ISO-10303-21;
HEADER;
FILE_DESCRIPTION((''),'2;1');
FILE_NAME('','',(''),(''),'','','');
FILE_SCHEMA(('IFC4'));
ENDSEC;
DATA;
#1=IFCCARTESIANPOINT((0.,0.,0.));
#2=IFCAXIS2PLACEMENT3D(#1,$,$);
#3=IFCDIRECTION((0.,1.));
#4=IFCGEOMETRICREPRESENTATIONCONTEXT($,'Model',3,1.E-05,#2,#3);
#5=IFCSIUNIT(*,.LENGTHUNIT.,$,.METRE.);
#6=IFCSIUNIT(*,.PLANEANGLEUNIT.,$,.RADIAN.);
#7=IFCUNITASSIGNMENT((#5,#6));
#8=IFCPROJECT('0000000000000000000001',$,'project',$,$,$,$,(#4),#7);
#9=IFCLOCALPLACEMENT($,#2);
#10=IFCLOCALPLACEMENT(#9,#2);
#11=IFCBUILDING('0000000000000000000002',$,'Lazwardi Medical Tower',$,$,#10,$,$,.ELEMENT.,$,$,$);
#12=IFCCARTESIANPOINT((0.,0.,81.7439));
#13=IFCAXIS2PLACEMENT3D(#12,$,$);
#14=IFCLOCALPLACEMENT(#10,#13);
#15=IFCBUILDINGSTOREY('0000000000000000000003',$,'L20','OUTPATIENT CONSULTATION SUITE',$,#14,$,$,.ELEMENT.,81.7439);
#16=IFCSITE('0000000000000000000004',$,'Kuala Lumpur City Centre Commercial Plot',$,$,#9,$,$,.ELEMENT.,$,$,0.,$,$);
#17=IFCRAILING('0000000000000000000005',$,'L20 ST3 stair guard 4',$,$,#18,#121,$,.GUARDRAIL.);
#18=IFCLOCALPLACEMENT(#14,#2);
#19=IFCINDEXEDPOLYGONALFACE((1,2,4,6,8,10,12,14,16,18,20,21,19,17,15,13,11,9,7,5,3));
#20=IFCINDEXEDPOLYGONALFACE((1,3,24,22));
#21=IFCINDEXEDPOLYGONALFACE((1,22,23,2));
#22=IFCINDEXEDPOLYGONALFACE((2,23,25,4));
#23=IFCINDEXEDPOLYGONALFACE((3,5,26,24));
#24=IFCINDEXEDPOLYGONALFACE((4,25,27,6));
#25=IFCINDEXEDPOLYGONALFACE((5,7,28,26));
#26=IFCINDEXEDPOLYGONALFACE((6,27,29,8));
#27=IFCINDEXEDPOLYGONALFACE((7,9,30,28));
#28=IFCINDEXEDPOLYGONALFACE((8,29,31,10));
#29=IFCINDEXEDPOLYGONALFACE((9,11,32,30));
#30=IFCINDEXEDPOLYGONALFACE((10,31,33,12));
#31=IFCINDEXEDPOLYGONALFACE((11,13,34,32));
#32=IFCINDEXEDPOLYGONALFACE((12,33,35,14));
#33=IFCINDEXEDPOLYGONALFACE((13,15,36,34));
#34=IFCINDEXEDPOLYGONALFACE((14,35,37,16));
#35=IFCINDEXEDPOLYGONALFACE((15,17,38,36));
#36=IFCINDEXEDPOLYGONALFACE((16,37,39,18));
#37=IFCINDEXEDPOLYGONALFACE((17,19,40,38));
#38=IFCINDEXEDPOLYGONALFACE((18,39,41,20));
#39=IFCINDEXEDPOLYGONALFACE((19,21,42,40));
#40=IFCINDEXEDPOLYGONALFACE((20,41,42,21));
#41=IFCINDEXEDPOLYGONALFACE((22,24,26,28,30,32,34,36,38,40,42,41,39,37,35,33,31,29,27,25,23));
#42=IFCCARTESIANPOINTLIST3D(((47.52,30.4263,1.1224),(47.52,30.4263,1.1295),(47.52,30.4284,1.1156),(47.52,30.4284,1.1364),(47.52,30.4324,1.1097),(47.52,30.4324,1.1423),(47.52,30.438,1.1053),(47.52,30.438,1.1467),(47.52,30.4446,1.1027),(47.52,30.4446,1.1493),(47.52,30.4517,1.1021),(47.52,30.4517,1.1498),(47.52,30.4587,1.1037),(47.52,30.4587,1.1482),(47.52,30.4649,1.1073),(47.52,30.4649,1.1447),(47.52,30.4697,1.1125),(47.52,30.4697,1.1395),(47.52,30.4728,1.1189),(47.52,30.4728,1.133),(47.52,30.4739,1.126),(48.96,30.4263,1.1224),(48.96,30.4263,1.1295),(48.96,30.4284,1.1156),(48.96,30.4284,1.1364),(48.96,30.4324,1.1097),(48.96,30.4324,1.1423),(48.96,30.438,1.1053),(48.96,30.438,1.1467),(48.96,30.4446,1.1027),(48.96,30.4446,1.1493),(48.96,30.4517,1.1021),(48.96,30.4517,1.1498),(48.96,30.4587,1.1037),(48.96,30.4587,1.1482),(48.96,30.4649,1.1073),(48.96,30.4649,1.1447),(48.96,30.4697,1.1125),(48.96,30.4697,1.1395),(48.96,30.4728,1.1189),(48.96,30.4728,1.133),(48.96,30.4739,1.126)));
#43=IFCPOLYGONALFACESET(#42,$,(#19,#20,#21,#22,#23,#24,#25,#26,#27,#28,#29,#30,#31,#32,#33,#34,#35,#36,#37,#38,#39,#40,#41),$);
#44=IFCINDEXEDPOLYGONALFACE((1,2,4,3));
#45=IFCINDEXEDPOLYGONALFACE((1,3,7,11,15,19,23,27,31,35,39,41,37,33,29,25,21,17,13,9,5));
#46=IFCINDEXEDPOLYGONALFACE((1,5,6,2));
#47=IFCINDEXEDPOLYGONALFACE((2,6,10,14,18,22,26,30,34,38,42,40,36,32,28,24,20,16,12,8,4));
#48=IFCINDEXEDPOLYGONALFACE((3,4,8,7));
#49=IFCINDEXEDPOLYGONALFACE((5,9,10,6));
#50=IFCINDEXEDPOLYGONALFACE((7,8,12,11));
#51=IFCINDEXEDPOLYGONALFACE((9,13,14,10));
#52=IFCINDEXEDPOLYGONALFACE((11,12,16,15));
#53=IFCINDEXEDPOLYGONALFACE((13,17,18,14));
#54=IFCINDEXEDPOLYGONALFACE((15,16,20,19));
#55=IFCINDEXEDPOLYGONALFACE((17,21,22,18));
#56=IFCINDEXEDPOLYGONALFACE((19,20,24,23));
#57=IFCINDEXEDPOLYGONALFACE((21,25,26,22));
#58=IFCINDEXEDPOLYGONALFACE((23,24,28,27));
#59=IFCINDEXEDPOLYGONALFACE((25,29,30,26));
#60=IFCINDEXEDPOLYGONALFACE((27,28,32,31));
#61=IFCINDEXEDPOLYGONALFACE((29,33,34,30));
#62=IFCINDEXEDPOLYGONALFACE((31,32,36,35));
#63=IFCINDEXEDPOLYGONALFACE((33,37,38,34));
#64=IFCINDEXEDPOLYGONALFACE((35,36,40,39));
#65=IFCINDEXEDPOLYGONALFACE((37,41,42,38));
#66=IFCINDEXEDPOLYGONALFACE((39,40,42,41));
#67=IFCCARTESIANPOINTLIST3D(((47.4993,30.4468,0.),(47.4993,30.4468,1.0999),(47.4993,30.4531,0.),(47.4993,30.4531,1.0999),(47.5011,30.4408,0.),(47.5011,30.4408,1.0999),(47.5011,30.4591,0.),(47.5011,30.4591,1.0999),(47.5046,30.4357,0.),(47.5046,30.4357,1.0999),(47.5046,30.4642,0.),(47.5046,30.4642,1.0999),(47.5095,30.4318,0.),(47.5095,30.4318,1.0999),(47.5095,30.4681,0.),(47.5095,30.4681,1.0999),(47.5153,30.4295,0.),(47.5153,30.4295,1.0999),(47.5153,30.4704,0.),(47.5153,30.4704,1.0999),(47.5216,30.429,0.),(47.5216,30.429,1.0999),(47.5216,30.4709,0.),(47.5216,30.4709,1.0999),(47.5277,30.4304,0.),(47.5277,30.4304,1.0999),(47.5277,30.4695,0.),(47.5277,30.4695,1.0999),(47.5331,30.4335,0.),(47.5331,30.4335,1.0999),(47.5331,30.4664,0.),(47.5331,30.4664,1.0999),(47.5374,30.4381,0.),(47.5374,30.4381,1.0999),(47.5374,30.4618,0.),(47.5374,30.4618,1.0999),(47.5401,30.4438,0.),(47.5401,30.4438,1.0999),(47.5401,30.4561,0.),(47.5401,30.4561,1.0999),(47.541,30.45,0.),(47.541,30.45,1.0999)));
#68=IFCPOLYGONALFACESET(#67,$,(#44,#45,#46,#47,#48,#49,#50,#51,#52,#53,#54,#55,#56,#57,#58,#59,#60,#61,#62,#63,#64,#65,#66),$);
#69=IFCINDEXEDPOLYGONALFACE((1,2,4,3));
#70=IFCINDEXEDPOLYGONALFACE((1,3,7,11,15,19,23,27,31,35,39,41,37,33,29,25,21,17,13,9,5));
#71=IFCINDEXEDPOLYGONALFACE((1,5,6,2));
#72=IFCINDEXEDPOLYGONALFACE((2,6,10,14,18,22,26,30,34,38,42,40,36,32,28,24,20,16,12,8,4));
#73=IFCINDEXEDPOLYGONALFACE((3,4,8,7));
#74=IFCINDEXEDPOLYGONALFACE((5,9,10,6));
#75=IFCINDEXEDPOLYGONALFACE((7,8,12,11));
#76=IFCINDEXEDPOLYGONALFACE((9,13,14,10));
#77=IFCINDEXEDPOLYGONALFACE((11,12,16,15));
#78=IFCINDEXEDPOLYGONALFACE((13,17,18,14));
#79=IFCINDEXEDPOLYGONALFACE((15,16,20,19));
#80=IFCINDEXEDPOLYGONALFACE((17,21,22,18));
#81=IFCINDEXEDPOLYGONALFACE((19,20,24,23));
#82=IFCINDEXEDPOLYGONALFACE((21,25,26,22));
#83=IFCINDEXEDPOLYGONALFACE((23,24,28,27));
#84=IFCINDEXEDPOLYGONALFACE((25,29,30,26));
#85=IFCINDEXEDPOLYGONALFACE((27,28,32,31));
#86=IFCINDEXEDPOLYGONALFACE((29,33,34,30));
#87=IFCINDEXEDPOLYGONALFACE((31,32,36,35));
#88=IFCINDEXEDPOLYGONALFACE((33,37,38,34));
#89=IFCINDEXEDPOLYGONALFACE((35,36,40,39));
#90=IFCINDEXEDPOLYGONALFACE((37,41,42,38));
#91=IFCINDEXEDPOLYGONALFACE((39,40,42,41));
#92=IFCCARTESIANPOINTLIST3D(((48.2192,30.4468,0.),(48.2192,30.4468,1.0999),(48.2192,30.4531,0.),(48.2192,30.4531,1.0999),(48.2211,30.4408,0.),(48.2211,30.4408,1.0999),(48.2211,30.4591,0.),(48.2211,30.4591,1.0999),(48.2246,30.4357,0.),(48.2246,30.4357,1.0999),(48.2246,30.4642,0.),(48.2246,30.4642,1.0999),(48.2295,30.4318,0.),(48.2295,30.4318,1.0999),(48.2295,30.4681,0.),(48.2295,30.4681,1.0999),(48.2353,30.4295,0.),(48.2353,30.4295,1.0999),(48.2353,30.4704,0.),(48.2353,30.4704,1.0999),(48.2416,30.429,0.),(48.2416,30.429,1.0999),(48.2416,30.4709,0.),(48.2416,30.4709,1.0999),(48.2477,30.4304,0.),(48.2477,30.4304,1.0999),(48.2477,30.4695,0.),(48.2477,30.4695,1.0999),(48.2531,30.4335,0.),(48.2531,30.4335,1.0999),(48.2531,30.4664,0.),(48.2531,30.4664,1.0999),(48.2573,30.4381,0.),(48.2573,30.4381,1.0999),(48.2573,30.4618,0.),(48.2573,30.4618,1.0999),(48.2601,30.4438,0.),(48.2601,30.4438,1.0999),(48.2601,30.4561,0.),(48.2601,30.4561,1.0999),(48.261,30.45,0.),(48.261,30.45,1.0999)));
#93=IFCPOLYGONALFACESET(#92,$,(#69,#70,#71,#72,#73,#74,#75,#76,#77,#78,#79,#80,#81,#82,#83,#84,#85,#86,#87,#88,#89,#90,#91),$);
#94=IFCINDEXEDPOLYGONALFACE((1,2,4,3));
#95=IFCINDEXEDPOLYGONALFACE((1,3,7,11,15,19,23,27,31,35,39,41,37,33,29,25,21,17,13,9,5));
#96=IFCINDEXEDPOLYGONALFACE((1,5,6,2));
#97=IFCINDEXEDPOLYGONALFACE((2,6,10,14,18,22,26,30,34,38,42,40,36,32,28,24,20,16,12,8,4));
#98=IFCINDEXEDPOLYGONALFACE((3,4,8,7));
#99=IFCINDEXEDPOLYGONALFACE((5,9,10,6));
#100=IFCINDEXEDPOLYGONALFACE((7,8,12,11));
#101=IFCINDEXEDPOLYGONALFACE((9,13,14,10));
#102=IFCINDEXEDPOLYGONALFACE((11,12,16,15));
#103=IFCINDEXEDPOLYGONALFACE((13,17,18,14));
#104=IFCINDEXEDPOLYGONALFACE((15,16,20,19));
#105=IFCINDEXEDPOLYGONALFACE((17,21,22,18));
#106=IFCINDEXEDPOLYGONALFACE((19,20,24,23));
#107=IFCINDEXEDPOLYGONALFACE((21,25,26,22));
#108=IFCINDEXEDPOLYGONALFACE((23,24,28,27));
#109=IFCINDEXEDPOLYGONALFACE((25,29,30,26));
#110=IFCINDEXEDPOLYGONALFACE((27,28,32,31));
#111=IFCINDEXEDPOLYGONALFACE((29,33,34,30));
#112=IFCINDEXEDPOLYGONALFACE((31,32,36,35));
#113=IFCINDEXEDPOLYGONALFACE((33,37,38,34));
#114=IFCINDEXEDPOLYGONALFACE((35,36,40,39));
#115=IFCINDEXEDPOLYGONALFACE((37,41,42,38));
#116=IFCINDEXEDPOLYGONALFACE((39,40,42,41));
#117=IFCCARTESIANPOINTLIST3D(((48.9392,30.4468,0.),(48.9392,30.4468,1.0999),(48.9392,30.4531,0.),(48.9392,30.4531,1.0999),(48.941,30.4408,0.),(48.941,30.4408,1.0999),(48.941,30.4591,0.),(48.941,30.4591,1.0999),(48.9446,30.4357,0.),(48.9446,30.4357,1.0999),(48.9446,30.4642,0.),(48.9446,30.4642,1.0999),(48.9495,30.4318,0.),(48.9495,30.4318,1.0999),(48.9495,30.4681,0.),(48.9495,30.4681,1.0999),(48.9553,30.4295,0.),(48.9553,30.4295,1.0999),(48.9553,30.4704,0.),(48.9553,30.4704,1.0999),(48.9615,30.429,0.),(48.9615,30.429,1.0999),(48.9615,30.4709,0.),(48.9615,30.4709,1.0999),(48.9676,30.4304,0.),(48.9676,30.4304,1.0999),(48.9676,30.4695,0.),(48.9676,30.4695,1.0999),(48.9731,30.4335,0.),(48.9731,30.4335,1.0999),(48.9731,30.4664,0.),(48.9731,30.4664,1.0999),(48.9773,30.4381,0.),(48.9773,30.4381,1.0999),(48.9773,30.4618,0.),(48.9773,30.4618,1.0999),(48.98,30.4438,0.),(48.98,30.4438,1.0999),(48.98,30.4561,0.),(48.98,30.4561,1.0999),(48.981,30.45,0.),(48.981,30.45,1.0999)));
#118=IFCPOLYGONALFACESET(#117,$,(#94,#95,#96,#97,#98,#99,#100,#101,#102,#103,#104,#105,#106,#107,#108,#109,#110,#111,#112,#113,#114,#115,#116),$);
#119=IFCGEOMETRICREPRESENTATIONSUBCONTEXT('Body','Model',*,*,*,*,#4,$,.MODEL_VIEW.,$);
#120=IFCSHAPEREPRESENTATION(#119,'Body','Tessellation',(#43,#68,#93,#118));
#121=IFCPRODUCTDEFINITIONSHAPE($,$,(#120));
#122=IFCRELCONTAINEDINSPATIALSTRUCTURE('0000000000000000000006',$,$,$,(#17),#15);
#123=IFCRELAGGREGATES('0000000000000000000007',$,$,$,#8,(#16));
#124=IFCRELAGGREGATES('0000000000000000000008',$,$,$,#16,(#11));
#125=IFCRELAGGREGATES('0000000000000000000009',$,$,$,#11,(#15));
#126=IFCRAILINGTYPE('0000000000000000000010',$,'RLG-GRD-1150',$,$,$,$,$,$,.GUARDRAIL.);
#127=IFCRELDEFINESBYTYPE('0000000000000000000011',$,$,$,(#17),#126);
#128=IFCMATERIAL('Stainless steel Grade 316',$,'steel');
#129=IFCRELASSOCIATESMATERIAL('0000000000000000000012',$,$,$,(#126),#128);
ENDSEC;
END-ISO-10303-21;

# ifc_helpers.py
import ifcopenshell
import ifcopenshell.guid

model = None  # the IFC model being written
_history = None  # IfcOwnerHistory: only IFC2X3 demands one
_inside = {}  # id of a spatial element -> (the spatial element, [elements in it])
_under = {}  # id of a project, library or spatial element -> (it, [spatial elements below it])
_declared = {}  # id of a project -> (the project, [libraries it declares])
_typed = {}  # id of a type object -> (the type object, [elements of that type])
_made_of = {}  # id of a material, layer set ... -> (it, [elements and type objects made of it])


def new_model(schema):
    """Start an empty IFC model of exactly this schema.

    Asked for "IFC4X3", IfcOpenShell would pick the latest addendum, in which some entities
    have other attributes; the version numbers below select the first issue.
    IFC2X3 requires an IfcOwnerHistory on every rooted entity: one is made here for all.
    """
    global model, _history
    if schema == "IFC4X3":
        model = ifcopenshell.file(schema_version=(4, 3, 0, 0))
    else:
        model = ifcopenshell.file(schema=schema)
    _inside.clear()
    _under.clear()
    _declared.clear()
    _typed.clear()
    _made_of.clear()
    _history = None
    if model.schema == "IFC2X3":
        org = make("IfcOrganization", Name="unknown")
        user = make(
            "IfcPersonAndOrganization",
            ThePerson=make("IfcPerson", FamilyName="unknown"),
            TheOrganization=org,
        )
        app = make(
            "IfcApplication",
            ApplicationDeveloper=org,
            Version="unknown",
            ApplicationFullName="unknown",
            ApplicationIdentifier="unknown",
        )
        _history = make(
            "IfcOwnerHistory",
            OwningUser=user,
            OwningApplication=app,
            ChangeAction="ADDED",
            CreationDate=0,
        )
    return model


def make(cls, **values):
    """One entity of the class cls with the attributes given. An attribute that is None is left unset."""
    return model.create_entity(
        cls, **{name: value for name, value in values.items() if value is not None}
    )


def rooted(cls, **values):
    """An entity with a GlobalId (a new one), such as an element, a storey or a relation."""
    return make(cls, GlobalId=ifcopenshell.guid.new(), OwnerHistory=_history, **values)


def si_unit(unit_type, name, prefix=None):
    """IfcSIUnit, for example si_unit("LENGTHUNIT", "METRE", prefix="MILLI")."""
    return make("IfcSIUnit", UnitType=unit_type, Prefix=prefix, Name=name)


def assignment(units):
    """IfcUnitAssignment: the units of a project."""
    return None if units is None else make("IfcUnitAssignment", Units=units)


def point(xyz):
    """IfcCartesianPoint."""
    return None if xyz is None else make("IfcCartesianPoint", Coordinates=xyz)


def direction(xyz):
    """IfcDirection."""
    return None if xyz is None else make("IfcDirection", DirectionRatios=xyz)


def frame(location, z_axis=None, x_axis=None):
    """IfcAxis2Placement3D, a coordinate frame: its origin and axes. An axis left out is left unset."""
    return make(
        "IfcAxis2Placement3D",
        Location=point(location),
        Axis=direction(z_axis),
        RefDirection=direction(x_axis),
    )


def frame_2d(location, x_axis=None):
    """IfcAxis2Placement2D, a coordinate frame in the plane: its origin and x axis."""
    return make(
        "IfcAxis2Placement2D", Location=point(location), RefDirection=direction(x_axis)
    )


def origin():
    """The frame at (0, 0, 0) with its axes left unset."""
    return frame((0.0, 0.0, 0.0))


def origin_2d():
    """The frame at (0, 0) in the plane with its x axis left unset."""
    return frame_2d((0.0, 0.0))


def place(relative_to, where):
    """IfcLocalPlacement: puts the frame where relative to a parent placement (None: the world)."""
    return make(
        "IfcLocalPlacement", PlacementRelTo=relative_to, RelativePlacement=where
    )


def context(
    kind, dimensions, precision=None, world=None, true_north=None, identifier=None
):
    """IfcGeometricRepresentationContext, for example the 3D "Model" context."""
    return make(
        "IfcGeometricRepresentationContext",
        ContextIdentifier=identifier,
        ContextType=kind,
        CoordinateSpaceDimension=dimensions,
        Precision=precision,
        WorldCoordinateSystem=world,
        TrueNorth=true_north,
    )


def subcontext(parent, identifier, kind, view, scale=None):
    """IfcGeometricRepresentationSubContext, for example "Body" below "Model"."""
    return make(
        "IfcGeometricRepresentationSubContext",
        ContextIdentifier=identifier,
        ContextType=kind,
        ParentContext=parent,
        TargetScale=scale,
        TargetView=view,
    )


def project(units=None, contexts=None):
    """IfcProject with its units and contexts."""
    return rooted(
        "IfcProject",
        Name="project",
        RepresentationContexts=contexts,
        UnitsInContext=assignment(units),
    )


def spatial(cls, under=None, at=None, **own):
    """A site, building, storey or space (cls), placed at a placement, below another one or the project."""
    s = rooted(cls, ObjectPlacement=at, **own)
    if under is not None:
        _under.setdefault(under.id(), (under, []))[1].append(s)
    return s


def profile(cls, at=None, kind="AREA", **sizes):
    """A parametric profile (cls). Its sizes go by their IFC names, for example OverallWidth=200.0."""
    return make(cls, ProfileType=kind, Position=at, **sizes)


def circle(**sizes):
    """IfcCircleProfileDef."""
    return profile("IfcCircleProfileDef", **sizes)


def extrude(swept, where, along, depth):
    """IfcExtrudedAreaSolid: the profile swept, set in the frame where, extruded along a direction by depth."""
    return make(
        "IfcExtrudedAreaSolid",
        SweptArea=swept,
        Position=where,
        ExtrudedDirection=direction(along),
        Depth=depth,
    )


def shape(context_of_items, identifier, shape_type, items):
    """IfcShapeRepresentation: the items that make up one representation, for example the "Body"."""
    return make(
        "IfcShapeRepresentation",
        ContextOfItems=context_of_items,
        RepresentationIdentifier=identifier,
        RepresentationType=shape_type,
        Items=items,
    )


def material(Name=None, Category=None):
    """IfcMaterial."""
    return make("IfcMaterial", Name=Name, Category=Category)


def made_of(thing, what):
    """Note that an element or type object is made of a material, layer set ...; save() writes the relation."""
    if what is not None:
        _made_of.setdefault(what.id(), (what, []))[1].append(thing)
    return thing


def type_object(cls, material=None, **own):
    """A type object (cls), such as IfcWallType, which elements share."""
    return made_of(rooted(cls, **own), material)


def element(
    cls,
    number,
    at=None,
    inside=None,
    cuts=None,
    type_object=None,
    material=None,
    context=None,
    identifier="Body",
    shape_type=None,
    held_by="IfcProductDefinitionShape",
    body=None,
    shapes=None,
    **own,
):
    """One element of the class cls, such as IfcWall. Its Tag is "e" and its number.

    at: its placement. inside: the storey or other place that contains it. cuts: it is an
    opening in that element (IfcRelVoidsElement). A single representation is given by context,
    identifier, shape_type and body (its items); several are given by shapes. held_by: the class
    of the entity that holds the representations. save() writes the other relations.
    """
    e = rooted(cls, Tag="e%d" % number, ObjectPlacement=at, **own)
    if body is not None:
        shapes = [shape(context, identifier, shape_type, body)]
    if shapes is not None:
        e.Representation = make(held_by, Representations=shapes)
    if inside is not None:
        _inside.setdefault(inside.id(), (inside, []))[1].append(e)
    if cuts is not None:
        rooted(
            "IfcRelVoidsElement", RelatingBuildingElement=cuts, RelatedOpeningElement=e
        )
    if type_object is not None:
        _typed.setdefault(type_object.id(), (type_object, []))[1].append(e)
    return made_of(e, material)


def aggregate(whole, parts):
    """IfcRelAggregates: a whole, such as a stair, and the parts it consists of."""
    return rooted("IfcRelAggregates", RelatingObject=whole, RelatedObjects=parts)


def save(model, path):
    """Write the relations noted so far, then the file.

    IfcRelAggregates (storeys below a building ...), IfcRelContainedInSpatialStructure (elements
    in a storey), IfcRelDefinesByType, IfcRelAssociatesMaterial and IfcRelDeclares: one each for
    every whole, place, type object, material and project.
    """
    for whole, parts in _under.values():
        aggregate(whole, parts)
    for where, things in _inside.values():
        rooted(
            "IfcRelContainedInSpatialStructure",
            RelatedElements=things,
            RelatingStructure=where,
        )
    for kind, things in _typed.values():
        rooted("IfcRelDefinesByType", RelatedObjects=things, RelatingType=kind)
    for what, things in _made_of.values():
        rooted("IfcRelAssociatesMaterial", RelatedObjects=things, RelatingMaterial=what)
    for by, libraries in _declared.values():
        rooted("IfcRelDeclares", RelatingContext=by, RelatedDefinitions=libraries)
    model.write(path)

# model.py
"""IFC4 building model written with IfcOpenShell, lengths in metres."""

from ifc_helpers import new_model, si_unit, direction, frame, origin, origin_2d, place, context, subcontext, project, spatial, circle, extrude, material, type_object, element, save


model = new_model("IFC4")

# Units and contexts
model_context = context("Model", 3, precision=1e-05, world=origin(), true_north=direction((0.0, 1.0)))
body_context = subcontext(model_context, "Body", "Model", "MODEL_VIEW")
ifc_project = project(units=[si_unit("LENGTHUNIT", "METRE"), si_unit("PLANEANGLEUNIT", "RADIAN")], contexts=[model_context])

# Site, building, storey
site_placement = place(None, origin())
site = spatial("IfcSite", under=ifc_project, at=site_placement, Name="Kuala Lumpur City Centre Commercial Plot", CompositionType="ELEMENT", RefElevation=0.0)
building_placement = place(site_placement, origin())
building = spatial("IfcBuilding", under=site, at=building_placement, Name="Lazwardi Medical Tower", CompositionType="ELEMENT")
storey_placement = place(building_placement, frame((0.0, 0.0, 81.7439)))
storey = spatial("IfcBuildingStorey", under=building, at=storey_placement, Name="L20", Description="OUTPATIENT CONSULTATION SUITE", CompositionType="ELEMENT", Elevation=81.7439)

# Railing
ifc_material_1 = material(Name="Stainless steel Grade 316", Category="steel")
railing_type_1 = type_object("IfcRailingType", Name="RLG-GRD-1150", PredefinedType="GUARDRAIL", material=ifc_material_1)
railing_1_placement = place(storey_placement, frame((47.52, 30.45, 0.0)))
element("IfcRailing", 1, at=railing_1_placement, inside=storey, type_object=railing_type_1, Name="L20 ST3 stair guard 4", PredefinedType="GUARDRAIL", context=body_context, shape_type="SweptSolid", body=[
    extrude(circle(Radius=0.0239, at=origin_2d()), frame((0.0, 0.0, 1.126), z_axis=(1.0, 0.0, 0.0), x_axis=(0.0, 1.0, 0.0)), (0.0, 0.0, 1.0), 1.4399),
    extrude(circle(Radius=0.021, at=origin_2d()), origin(), (0.0, 0.0, 1.0), 1.0999),
    extrude(circle(Radius=0.021, at=origin_2d()), frame((0.72, 0.0, 0.0)), (0.0, 0.0, 1.0), 1.0999),
    extrude(circle(Radius=0.021, at=origin_2d()), frame((1.4399, 0.0, 0.0)), (0.0, 0.0, 1.0), 1.0999),
])

save(model, "model.ifc")
